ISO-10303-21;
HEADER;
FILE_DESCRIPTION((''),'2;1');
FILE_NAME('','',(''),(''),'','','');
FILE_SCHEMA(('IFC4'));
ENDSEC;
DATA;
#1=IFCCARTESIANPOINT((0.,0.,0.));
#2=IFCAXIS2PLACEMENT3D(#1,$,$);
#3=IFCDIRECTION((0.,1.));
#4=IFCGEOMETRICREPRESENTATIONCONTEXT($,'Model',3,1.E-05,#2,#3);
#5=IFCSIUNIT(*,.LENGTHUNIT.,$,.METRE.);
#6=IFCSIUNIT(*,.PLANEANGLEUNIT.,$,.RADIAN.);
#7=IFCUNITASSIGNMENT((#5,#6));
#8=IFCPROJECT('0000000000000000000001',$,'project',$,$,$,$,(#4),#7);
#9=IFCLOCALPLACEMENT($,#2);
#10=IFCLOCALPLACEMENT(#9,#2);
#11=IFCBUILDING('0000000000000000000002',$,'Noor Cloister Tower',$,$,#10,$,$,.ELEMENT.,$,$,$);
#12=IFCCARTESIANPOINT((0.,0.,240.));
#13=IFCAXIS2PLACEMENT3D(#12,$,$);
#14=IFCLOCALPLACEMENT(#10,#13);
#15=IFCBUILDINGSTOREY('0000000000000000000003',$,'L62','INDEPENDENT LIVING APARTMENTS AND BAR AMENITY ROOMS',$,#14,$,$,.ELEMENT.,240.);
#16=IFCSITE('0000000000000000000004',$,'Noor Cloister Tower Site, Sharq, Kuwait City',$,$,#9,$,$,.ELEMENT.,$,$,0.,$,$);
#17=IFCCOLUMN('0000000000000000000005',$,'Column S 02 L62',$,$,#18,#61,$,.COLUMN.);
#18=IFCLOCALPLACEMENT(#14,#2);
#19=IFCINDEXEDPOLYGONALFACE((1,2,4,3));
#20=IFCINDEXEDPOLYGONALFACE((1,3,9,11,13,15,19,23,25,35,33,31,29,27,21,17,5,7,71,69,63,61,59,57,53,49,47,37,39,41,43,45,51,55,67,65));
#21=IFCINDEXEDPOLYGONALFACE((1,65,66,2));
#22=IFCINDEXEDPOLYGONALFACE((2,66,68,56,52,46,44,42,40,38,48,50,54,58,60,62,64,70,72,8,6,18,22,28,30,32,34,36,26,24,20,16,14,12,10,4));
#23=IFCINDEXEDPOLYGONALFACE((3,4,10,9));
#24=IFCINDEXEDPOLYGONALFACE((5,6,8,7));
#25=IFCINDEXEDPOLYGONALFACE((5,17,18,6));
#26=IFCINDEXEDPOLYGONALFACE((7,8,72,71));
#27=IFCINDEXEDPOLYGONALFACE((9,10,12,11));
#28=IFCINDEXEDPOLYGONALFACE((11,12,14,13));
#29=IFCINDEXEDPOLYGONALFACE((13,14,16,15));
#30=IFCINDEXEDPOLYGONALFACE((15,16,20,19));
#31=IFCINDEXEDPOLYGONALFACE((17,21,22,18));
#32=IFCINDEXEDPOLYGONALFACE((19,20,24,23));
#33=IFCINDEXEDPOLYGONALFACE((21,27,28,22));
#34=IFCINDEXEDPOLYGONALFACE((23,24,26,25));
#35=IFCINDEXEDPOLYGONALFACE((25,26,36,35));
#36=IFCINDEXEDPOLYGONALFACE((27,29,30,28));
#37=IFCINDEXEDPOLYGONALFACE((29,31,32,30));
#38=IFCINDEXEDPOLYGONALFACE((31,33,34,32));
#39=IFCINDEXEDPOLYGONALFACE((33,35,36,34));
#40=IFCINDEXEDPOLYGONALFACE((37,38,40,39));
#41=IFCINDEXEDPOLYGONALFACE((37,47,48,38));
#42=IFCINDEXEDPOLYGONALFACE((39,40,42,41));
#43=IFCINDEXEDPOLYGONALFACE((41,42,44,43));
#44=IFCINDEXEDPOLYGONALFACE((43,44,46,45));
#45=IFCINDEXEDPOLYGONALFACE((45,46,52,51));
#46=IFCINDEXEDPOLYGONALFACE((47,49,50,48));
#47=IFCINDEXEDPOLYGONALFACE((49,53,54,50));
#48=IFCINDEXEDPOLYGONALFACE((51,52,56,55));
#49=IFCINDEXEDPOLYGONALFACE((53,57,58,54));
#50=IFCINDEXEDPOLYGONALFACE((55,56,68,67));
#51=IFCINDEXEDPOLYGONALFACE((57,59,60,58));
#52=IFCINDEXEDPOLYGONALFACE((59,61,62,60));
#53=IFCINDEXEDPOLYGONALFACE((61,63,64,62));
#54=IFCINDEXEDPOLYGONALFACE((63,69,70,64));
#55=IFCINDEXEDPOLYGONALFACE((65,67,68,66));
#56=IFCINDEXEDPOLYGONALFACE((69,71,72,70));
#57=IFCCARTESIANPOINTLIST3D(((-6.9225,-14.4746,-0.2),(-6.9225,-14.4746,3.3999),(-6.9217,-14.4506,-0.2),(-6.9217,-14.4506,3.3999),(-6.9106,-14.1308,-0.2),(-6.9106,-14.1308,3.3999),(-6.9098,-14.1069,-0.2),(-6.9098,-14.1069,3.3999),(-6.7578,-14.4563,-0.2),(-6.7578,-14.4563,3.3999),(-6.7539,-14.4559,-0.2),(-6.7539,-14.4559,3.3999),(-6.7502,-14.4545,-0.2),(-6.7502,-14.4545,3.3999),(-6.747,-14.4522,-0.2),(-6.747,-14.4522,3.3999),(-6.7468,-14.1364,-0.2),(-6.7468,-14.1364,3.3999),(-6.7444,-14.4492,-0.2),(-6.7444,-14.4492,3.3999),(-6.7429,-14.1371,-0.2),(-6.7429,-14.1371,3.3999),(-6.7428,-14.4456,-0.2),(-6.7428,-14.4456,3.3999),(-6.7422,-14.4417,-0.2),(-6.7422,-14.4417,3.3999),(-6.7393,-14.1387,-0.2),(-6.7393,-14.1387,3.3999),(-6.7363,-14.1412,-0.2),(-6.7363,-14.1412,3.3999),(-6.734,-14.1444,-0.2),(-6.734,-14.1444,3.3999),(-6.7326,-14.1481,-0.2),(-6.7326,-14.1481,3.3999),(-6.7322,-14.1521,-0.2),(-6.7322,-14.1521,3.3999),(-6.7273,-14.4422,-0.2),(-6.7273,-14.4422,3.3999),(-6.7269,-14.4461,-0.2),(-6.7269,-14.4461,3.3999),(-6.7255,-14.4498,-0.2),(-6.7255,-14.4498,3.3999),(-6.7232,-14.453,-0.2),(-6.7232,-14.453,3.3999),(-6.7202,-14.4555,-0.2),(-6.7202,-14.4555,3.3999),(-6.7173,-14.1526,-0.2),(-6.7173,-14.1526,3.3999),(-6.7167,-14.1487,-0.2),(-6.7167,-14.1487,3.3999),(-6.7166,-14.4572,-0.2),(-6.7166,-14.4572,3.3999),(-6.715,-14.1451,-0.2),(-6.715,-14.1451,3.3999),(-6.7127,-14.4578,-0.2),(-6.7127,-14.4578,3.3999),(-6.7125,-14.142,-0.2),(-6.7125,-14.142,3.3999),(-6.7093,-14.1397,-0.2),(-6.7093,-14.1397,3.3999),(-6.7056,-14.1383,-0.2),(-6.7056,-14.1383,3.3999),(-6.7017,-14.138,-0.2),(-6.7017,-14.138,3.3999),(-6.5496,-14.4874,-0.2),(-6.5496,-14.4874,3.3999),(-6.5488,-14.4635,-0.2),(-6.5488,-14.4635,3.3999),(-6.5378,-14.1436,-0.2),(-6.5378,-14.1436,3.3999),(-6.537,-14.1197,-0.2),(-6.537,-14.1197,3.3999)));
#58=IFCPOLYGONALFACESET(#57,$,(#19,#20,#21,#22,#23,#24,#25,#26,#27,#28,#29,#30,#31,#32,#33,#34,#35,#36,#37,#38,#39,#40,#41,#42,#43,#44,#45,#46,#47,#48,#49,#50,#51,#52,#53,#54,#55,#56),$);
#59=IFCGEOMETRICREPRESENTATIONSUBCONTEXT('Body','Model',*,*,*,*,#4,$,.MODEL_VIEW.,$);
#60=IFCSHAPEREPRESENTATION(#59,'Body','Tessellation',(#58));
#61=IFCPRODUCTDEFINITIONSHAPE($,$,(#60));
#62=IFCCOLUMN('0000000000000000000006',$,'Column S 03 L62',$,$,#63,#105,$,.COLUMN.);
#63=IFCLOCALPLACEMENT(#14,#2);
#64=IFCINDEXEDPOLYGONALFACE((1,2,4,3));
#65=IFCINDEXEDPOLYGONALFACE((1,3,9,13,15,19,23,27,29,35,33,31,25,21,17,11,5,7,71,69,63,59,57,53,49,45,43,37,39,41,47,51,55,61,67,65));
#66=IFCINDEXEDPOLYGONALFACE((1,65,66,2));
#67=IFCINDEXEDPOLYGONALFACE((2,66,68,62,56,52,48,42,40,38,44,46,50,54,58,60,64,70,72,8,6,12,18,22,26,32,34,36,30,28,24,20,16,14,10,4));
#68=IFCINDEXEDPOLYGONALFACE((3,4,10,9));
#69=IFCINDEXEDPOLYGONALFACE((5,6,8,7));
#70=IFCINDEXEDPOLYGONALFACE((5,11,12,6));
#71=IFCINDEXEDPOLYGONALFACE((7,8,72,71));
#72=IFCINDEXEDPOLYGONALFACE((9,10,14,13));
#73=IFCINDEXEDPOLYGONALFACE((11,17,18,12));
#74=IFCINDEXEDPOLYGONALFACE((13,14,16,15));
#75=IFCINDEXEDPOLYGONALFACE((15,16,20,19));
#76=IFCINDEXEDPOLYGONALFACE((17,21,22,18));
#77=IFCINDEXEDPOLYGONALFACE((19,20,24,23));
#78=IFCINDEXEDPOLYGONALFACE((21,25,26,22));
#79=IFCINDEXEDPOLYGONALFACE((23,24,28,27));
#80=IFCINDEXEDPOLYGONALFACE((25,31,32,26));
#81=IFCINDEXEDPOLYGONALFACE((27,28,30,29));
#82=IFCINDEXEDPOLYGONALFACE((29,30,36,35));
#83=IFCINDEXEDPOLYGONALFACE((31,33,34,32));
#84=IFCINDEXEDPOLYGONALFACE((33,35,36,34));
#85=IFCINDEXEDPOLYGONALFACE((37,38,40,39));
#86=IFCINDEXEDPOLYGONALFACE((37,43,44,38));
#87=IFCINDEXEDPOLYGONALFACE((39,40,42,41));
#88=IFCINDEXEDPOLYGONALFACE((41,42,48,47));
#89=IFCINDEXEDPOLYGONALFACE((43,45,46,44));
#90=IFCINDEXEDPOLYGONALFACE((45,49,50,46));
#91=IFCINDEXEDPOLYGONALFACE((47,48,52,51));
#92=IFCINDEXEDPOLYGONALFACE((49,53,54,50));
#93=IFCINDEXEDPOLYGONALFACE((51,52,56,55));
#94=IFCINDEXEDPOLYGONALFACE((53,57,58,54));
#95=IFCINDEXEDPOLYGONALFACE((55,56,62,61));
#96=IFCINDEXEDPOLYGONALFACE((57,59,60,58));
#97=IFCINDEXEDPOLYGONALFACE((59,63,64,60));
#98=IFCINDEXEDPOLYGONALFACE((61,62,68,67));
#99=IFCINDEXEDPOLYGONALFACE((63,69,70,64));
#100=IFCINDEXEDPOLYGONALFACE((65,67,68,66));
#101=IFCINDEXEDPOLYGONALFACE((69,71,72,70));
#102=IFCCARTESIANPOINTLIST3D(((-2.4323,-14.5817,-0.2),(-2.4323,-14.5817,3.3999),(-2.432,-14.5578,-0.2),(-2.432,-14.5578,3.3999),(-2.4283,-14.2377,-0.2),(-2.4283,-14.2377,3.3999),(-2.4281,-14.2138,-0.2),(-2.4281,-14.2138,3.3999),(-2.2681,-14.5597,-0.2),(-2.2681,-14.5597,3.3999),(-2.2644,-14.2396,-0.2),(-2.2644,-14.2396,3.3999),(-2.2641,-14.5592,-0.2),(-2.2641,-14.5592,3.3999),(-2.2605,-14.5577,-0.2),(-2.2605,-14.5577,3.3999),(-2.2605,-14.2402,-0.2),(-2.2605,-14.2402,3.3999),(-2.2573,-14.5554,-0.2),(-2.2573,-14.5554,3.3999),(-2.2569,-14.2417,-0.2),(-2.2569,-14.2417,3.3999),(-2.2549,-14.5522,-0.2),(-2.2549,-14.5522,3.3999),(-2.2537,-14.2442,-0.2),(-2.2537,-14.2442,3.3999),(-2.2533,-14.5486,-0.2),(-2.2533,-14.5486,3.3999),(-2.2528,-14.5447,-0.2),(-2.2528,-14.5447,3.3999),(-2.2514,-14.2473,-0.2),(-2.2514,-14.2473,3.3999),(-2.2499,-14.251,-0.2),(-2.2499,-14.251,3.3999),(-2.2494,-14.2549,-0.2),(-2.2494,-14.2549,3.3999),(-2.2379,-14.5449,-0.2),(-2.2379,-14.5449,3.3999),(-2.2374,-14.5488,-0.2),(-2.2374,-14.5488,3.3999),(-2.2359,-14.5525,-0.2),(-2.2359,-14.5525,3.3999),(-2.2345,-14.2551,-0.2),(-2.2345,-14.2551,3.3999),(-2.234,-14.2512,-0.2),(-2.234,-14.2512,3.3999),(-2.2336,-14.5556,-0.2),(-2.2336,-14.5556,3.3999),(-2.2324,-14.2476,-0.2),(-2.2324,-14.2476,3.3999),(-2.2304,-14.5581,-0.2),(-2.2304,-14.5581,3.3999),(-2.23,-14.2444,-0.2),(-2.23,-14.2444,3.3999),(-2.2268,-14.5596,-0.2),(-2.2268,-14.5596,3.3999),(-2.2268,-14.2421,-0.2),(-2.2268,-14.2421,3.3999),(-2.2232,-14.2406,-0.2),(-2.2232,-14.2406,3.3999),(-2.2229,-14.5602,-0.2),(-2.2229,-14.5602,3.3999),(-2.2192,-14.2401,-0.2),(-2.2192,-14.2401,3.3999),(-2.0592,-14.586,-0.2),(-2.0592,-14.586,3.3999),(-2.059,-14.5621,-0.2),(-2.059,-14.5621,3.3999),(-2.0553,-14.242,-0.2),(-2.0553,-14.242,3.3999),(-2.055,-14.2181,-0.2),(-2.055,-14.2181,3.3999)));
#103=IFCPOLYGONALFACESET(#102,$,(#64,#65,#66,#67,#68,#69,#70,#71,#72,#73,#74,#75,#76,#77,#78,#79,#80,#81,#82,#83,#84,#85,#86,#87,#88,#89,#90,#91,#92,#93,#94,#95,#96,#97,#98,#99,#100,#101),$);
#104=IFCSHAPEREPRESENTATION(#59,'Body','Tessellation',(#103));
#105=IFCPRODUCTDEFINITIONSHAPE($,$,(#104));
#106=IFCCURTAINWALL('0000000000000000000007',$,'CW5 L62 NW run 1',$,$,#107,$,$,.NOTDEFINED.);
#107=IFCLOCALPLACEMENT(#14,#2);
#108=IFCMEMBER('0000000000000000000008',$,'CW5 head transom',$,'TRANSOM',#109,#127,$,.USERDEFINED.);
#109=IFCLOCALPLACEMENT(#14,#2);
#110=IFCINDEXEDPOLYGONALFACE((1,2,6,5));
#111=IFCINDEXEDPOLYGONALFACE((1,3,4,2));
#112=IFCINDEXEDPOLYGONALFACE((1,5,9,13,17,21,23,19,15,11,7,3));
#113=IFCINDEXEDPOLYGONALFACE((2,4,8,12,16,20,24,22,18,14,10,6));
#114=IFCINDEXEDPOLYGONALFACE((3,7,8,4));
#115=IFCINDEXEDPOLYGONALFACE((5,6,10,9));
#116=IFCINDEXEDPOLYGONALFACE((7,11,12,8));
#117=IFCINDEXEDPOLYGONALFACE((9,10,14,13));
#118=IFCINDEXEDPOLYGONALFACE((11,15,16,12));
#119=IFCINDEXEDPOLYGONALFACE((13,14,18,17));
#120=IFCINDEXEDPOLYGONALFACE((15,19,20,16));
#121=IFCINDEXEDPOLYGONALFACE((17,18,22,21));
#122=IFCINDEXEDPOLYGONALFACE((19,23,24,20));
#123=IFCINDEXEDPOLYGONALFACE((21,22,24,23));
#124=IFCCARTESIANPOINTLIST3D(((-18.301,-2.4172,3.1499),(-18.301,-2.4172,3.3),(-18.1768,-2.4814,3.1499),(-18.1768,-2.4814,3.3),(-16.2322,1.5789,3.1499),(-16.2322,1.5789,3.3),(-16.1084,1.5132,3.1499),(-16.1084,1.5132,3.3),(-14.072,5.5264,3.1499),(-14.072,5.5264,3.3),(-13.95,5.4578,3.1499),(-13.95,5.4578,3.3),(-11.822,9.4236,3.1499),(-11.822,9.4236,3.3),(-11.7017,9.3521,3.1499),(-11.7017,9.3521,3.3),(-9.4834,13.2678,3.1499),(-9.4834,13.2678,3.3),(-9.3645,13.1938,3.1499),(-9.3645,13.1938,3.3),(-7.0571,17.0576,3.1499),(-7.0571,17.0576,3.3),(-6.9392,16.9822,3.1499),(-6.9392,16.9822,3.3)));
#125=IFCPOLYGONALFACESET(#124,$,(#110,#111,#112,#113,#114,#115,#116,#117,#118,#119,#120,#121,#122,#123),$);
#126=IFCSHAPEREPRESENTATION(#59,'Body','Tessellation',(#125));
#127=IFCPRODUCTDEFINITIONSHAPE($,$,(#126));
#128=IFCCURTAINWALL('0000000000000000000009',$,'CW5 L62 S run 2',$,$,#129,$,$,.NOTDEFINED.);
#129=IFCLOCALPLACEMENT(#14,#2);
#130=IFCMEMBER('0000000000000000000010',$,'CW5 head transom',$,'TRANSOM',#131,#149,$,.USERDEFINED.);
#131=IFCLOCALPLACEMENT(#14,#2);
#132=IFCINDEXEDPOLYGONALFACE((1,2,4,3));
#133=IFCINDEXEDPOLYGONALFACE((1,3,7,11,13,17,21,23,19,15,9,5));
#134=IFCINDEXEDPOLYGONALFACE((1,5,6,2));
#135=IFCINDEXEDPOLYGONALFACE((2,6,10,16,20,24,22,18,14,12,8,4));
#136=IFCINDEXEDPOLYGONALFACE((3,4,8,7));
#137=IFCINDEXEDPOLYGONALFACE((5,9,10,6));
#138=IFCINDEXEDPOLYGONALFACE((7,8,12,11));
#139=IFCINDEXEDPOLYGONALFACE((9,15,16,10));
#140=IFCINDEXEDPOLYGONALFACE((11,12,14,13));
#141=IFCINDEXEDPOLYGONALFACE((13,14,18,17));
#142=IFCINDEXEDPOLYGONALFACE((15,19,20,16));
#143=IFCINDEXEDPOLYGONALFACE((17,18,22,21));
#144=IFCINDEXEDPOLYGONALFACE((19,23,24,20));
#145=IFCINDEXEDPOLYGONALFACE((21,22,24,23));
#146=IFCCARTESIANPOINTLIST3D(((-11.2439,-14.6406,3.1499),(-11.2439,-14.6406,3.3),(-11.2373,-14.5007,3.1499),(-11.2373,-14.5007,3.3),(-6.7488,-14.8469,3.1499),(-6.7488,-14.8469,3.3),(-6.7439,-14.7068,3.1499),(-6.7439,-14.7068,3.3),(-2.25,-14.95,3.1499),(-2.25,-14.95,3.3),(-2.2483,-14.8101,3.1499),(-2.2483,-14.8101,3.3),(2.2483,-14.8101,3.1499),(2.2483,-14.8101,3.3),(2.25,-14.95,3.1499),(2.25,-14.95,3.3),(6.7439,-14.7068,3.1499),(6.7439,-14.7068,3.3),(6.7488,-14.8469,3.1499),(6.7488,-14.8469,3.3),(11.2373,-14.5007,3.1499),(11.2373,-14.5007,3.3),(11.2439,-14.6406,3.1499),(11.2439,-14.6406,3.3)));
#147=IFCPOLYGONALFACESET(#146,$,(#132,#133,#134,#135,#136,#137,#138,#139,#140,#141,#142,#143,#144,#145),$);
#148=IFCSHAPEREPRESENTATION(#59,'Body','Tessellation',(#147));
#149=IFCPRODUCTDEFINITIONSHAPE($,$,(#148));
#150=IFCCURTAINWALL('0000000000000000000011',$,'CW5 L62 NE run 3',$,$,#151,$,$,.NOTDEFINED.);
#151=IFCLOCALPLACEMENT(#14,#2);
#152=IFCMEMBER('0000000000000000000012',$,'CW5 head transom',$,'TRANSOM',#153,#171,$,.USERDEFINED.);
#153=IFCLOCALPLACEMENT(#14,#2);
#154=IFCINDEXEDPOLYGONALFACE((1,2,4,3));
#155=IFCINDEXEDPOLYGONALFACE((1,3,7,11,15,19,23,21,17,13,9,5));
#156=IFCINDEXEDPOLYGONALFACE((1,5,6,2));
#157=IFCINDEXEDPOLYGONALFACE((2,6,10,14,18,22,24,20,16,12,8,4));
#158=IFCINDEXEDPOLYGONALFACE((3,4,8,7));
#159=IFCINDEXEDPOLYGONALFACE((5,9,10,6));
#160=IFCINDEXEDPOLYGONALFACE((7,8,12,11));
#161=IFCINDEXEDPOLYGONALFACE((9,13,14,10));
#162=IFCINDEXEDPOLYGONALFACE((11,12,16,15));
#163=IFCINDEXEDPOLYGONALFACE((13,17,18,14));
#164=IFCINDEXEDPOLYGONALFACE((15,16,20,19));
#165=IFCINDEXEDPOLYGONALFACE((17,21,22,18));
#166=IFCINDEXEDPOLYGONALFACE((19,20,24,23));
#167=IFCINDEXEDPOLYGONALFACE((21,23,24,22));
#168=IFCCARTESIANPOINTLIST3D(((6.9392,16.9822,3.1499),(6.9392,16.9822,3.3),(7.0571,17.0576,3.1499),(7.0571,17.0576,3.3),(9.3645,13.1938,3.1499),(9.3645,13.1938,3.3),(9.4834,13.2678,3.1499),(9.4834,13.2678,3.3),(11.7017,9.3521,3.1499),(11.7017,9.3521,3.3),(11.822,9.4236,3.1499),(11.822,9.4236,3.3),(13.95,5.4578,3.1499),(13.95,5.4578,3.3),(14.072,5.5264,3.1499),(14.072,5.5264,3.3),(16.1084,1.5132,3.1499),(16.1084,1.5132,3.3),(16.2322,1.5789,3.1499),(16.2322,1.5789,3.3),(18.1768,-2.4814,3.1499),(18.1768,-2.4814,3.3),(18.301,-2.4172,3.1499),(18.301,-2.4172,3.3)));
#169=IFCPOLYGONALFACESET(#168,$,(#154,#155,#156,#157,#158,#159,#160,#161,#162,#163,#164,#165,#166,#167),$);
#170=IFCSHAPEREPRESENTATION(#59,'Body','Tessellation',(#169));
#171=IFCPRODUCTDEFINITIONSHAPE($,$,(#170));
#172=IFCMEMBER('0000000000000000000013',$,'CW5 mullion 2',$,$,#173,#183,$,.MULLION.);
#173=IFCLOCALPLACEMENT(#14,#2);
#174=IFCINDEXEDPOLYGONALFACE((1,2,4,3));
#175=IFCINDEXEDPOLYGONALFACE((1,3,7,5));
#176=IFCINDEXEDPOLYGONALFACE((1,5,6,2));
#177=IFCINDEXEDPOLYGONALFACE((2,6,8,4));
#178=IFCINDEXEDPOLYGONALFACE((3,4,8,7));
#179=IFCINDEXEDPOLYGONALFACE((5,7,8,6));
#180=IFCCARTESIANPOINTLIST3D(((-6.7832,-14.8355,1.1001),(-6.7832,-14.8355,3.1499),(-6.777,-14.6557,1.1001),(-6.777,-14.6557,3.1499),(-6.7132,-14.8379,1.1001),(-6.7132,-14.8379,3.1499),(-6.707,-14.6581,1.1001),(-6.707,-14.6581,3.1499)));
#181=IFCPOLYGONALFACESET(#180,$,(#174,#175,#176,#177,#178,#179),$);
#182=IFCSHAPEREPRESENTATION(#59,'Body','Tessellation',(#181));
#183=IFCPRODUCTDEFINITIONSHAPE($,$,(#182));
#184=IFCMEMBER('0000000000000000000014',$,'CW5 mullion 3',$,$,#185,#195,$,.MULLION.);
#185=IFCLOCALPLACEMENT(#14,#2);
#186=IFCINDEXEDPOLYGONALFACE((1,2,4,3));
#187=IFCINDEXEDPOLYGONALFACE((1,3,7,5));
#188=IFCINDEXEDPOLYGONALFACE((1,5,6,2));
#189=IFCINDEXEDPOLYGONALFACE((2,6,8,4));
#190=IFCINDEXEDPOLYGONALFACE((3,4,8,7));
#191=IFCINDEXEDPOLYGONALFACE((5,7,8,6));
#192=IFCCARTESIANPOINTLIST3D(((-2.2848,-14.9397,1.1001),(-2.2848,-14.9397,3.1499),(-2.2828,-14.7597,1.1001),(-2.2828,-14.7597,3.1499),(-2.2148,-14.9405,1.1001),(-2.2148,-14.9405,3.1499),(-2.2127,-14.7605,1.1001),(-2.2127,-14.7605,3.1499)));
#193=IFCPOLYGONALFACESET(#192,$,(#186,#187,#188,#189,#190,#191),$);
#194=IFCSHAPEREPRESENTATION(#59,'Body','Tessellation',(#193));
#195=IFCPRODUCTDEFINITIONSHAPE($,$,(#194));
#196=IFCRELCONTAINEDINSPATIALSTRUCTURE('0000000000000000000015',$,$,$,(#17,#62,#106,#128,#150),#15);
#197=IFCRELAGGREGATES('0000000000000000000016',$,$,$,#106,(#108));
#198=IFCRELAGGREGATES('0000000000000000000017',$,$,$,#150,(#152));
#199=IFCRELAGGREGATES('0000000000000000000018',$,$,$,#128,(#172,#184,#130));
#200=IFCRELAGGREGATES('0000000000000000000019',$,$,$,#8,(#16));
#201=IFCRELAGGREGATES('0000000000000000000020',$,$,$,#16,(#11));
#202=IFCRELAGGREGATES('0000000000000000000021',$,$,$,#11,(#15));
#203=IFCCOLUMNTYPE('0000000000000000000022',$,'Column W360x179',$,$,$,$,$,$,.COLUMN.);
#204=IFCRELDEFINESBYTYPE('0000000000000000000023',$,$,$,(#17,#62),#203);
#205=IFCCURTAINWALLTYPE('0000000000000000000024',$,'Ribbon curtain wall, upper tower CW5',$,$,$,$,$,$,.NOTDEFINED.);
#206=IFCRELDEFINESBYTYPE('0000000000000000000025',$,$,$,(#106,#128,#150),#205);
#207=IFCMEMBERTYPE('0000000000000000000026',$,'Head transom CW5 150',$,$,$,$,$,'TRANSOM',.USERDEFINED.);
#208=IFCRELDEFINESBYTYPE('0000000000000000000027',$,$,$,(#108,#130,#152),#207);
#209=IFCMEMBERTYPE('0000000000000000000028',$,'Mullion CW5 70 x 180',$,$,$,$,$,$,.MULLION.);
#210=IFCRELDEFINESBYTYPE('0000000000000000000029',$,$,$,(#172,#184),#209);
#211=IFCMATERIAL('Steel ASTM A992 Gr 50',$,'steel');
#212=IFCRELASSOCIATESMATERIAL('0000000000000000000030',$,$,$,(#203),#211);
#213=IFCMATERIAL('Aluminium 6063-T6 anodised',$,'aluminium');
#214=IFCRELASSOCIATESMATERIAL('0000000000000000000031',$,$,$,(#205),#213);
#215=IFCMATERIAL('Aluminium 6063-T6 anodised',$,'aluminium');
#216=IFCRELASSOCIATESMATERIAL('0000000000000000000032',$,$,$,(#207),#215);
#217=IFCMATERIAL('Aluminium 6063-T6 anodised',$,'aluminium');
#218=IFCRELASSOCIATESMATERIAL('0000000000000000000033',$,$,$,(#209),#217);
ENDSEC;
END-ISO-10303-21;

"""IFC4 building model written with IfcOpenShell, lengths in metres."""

from ifc_helpers import new_model, si_unit, direction, frame, origin, origin_2d, place, context, subcontext, project, spatial, polyline, rectangle, i_section, outline, extrude, material, material_profile, profile_set, type_object, element, aggregate, save


model = new_model("IFC4")

# Units and contexts
model_context = context("Model", 3, precision=1e-05, world=origin(), true_north=direction((0.0, 1.0)))
body_context = subcontext(model_context, "Body", "Model", "MODEL_VIEW")
ifc_project = project(units=[si_unit("LENGTHUNIT", "METRE"), si_unit("PLANEANGLEUNIT", "RADIAN")], contexts=[model_context])

# Site, building, storey
site_placement = place(None, origin())
site = spatial("IfcSite", under=ifc_project, at=site_placement, Name="Noor Cloister Tower Site, Sharq, Kuwait City", CompositionType="ELEMENT", RefElevation=0.0)
building_placement = place(site_placement, origin())
building = spatial("IfcBuilding", under=site, at=building_placement, Name="Noor Cloister Tower", CompositionType="ELEMENT")
storey_placement = place(building_placement, frame((0.0, 0.0, 240.0)))
storey = spatial("IfcBuildingStorey", under=building, at=storey_placement, Name="L62", Description="INDEPENDENT LIVING APARTMENTS AND BAR AMENITY ROOMS", CompositionType="ELEMENT", Elevation=240.0)

# Columns
ifc_material_1 = material(Name="Steel ASTM A992 Gr 50", Category="steel")
ifc_material_profile_1 = material_profile(ifc_material_1, i_section(OverallWidth=0.373, OverallDepth=0.3679, WebThickness=0.0149, FlangeThickness=0.0239, FilletRadius=0.0151, at=origin_2d()), Name="W360x179")
ifc_profile_set_1 = profile_set([ifc_material_profile_1], Name="Steel ASTM A992 Gr 50")
column_type = type_object("IfcColumnType", Name="Column W360x179", PredefinedType="COLUMN", material=ifc_profile_set_1)
for number, where, z_axis, x_axis, name in (
    (1, (-6.7297, -14.2971, -0.2), (0.0, 0.0, 1.0), (0.999409, -0.034383, 0.0), "Column S 02 L62"),
    (2, (-2.2437, -14.3999, -0.2), (0.0, 0.0, 1.0), (0.999934, -0.011463, 0.0), "Column S 03 L62"),
):
    element("IfcColumn", number, at=place(storey_placement, frame(where, z_axis=z_axis, x_axis=x_axis)), inside=storey, type_object=column_type, Name=name, PredefinedType="COLUMN", context=body_context, shape_type="SweptSolid", body=[
        extrude(i_section(OverallWidth=0.373, OverallDepth=0.3679, WebThickness=0.0149, FlangeThickness=0.0239, FilletRadius=0.0151, at=origin_2d()), origin(), (0.0, 0.0, 1.0), 3.5999),
    ])

# Curtain walls, members
ifc_material_2 = material(Name="Aluminium 6063-T6 anodised", Category="aluminium")
curtain_wall_type = type_object("IfcCurtainWallType", Name="Ribbon curtain wall, upper tower CW5", PredefinedType="NOTDEFINED", material=ifc_material_2)
curtain_wall_1_placement = place(storey_placement, origin())
curtain_wall_1 = element("IfcCurtainWall", 3, at=curtain_wall_1_placement, inside=storey, type_object=curtain_wall_type, Name="CW5 L62 NW run 1", PredefinedType="NOTDEFINED")
ifc_material_3 = material(Name="Aluminium 6063-T6 anodised", Category="aluminium")
member_type_1 = type_object("IfcMemberType", Name="Head transom CW5 150", ElementType="TRANSOM", PredefinedType="USERDEFINED", material=ifc_material_3)
member_1_placement = place(storey_placement, frame((0.0, 0.0, 3.1499)))
member_1 = element("IfcMember", 4, at=member_1_placement, type_object=member_type_1, Name="CW5 head transom", ObjectType="TRANSOM", PredefinedType="USERDEFINED", context=body_context, shape_type="SweptSolid", body=[
    extrude(outline(polyline([(-7.0571, 17.0576), (-9.4834, 13.2678), (-11.822, 9.4236), (-14.072, 5.5264), (-16.2322, 1.5789), (-18.301, -2.4172), (-18.1768, -2.4814), (-16.1084, 1.5132), (-13.95, 5.4578), (-11.7017, 9.3521), (-9.3645, 13.1938), (-6.9392, 16.9822), (-7.0571, 17.0576)])), origin(), (0.0, 0.0, 1.0), 0.1501),
])
curtain_wall_2_placement = place(storey_placement, origin())
curtain_wall_2 = element("IfcCurtainWall", 5, at=curtain_wall_2_placement, inside=storey, type_object=curtain_wall_type, Name="CW5 L62 S run 2", PredefinedType="NOTDEFINED")
member_2_placement = place(storey_placement, frame((0.0, 0.0, 3.1499)))
member_2 = element("IfcMember", 6, at=member_2_placement, type_object=member_type_1, Name="CW5 head transom", ObjectType="TRANSOM", PredefinedType="USERDEFINED", context=body_context, shape_type="SweptSolid", body=[
    extrude(outline(polyline([(-11.2439, -14.6406), (-6.7488, -14.8469), (-2.25, -14.95), (2.25, -14.95), (6.7488, -14.8469), (11.2439, -14.6406), (11.2373, -14.5007), (6.7439, -14.7068), (2.2483, -14.8101), (-2.2483, -14.8101), (-6.7439, -14.7068), (-11.2373, -14.5007), (-11.2439, -14.6406)])), origin(), (0.0, 0.0, 1.0), 0.1501),
])
curtain_wall_3_placement = place(storey_placement, origin())
curtain_wall_3 = element("IfcCurtainWall", 7, at=curtain_wall_3_placement, inside=storey, type_object=curtain_wall_type, Name="CW5 L62 NE run 3", PredefinedType="NOTDEFINED")
member_3_placement = place(storey_placement, frame((0.0, 0.0, 3.1499)))
member_3 = element("IfcMember", 8, at=member_3_placement, type_object=member_type_1, Name="CW5 head transom", ObjectType="TRANSOM", PredefinedType="USERDEFINED", context=body_context, shape_type="SweptSolid", body=[
    extrude(outline(polyline([(18.301, -2.4172), (16.2322, 1.5789), (14.072, 5.5264), (11.822, 9.4236), (9.4834, 13.2678), (7.0571, 17.0576), (6.9392, 16.9822), (9.3645, 13.1938), (11.7017, 9.3521), (13.95, 5.4578), (16.1084, 1.5132), (18.1768, -2.4814), (18.301, -2.4172)])), origin(), (0.0, 0.0, 1.0), 0.1501),
])

# Members
ifc_material_4 = material(Name="Aluminium 6063-T6 anodised", Category="aluminium")
ifc_material_profile_2 = material_profile(ifc_material_4, rectangle(XDim=0.1799, YDim=0.0701, at=origin_2d()), Name="180 x 70 mullion")
ifc_profile_set_2 = profile_set([ifc_material_profile_2], Name="Aluminium 6063-T6 anodised")
member_type_2 = type_object("IfcMemberType", Name="Mullion CW5 70 x 180", PredefinedType="MULLION", material=ifc_profile_set_2)
member_4_placement = place(storey_placement, frame((-6.7451, -14.7468, 1.1001), z_axis=(0.0, 0.0, 1.0), x_axis=(0.034383, 0.999409, 0.0)))
member_4 = element("IfcMember", 9, at=member_4_placement, type_object=member_type_2, Name="CW5 mullion 2", PredefinedType="MULLION", context=body_context, shape_type="SweptSolid", body=[
    extrude(rectangle(XDim=0.1799, YDim=0.0701, at=origin_2d()), origin(), (0.0, 0.0, 1.0), 2.0498),
])
member_5_placement = place(storey_placement, frame((-2.2488, -14.8501, 1.1001), z_axis=(0.0, 0.0, 1.0), x_axis=(0.011463, 0.999934, 0.0)))
member_5 = element("IfcMember", 10, at=member_5_placement, type_object=member_type_2, Name="CW5 mullion 3", PredefinedType="MULLION", context=body_context, shape_type="SweptSolid", body=[
    extrude(rectangle(XDim=0.1799, YDim=0.0701, at=origin_2d()), origin(), (0.0, 0.0, 1.0), 2.0498),
])

aggregate(curtain_wall_1, [member_1])
aggregate(curtain_wall_3, [member_3])

aggregate(curtain_wall_2, [member_4, member_5, member_2])

save(model, "model.ifc")
